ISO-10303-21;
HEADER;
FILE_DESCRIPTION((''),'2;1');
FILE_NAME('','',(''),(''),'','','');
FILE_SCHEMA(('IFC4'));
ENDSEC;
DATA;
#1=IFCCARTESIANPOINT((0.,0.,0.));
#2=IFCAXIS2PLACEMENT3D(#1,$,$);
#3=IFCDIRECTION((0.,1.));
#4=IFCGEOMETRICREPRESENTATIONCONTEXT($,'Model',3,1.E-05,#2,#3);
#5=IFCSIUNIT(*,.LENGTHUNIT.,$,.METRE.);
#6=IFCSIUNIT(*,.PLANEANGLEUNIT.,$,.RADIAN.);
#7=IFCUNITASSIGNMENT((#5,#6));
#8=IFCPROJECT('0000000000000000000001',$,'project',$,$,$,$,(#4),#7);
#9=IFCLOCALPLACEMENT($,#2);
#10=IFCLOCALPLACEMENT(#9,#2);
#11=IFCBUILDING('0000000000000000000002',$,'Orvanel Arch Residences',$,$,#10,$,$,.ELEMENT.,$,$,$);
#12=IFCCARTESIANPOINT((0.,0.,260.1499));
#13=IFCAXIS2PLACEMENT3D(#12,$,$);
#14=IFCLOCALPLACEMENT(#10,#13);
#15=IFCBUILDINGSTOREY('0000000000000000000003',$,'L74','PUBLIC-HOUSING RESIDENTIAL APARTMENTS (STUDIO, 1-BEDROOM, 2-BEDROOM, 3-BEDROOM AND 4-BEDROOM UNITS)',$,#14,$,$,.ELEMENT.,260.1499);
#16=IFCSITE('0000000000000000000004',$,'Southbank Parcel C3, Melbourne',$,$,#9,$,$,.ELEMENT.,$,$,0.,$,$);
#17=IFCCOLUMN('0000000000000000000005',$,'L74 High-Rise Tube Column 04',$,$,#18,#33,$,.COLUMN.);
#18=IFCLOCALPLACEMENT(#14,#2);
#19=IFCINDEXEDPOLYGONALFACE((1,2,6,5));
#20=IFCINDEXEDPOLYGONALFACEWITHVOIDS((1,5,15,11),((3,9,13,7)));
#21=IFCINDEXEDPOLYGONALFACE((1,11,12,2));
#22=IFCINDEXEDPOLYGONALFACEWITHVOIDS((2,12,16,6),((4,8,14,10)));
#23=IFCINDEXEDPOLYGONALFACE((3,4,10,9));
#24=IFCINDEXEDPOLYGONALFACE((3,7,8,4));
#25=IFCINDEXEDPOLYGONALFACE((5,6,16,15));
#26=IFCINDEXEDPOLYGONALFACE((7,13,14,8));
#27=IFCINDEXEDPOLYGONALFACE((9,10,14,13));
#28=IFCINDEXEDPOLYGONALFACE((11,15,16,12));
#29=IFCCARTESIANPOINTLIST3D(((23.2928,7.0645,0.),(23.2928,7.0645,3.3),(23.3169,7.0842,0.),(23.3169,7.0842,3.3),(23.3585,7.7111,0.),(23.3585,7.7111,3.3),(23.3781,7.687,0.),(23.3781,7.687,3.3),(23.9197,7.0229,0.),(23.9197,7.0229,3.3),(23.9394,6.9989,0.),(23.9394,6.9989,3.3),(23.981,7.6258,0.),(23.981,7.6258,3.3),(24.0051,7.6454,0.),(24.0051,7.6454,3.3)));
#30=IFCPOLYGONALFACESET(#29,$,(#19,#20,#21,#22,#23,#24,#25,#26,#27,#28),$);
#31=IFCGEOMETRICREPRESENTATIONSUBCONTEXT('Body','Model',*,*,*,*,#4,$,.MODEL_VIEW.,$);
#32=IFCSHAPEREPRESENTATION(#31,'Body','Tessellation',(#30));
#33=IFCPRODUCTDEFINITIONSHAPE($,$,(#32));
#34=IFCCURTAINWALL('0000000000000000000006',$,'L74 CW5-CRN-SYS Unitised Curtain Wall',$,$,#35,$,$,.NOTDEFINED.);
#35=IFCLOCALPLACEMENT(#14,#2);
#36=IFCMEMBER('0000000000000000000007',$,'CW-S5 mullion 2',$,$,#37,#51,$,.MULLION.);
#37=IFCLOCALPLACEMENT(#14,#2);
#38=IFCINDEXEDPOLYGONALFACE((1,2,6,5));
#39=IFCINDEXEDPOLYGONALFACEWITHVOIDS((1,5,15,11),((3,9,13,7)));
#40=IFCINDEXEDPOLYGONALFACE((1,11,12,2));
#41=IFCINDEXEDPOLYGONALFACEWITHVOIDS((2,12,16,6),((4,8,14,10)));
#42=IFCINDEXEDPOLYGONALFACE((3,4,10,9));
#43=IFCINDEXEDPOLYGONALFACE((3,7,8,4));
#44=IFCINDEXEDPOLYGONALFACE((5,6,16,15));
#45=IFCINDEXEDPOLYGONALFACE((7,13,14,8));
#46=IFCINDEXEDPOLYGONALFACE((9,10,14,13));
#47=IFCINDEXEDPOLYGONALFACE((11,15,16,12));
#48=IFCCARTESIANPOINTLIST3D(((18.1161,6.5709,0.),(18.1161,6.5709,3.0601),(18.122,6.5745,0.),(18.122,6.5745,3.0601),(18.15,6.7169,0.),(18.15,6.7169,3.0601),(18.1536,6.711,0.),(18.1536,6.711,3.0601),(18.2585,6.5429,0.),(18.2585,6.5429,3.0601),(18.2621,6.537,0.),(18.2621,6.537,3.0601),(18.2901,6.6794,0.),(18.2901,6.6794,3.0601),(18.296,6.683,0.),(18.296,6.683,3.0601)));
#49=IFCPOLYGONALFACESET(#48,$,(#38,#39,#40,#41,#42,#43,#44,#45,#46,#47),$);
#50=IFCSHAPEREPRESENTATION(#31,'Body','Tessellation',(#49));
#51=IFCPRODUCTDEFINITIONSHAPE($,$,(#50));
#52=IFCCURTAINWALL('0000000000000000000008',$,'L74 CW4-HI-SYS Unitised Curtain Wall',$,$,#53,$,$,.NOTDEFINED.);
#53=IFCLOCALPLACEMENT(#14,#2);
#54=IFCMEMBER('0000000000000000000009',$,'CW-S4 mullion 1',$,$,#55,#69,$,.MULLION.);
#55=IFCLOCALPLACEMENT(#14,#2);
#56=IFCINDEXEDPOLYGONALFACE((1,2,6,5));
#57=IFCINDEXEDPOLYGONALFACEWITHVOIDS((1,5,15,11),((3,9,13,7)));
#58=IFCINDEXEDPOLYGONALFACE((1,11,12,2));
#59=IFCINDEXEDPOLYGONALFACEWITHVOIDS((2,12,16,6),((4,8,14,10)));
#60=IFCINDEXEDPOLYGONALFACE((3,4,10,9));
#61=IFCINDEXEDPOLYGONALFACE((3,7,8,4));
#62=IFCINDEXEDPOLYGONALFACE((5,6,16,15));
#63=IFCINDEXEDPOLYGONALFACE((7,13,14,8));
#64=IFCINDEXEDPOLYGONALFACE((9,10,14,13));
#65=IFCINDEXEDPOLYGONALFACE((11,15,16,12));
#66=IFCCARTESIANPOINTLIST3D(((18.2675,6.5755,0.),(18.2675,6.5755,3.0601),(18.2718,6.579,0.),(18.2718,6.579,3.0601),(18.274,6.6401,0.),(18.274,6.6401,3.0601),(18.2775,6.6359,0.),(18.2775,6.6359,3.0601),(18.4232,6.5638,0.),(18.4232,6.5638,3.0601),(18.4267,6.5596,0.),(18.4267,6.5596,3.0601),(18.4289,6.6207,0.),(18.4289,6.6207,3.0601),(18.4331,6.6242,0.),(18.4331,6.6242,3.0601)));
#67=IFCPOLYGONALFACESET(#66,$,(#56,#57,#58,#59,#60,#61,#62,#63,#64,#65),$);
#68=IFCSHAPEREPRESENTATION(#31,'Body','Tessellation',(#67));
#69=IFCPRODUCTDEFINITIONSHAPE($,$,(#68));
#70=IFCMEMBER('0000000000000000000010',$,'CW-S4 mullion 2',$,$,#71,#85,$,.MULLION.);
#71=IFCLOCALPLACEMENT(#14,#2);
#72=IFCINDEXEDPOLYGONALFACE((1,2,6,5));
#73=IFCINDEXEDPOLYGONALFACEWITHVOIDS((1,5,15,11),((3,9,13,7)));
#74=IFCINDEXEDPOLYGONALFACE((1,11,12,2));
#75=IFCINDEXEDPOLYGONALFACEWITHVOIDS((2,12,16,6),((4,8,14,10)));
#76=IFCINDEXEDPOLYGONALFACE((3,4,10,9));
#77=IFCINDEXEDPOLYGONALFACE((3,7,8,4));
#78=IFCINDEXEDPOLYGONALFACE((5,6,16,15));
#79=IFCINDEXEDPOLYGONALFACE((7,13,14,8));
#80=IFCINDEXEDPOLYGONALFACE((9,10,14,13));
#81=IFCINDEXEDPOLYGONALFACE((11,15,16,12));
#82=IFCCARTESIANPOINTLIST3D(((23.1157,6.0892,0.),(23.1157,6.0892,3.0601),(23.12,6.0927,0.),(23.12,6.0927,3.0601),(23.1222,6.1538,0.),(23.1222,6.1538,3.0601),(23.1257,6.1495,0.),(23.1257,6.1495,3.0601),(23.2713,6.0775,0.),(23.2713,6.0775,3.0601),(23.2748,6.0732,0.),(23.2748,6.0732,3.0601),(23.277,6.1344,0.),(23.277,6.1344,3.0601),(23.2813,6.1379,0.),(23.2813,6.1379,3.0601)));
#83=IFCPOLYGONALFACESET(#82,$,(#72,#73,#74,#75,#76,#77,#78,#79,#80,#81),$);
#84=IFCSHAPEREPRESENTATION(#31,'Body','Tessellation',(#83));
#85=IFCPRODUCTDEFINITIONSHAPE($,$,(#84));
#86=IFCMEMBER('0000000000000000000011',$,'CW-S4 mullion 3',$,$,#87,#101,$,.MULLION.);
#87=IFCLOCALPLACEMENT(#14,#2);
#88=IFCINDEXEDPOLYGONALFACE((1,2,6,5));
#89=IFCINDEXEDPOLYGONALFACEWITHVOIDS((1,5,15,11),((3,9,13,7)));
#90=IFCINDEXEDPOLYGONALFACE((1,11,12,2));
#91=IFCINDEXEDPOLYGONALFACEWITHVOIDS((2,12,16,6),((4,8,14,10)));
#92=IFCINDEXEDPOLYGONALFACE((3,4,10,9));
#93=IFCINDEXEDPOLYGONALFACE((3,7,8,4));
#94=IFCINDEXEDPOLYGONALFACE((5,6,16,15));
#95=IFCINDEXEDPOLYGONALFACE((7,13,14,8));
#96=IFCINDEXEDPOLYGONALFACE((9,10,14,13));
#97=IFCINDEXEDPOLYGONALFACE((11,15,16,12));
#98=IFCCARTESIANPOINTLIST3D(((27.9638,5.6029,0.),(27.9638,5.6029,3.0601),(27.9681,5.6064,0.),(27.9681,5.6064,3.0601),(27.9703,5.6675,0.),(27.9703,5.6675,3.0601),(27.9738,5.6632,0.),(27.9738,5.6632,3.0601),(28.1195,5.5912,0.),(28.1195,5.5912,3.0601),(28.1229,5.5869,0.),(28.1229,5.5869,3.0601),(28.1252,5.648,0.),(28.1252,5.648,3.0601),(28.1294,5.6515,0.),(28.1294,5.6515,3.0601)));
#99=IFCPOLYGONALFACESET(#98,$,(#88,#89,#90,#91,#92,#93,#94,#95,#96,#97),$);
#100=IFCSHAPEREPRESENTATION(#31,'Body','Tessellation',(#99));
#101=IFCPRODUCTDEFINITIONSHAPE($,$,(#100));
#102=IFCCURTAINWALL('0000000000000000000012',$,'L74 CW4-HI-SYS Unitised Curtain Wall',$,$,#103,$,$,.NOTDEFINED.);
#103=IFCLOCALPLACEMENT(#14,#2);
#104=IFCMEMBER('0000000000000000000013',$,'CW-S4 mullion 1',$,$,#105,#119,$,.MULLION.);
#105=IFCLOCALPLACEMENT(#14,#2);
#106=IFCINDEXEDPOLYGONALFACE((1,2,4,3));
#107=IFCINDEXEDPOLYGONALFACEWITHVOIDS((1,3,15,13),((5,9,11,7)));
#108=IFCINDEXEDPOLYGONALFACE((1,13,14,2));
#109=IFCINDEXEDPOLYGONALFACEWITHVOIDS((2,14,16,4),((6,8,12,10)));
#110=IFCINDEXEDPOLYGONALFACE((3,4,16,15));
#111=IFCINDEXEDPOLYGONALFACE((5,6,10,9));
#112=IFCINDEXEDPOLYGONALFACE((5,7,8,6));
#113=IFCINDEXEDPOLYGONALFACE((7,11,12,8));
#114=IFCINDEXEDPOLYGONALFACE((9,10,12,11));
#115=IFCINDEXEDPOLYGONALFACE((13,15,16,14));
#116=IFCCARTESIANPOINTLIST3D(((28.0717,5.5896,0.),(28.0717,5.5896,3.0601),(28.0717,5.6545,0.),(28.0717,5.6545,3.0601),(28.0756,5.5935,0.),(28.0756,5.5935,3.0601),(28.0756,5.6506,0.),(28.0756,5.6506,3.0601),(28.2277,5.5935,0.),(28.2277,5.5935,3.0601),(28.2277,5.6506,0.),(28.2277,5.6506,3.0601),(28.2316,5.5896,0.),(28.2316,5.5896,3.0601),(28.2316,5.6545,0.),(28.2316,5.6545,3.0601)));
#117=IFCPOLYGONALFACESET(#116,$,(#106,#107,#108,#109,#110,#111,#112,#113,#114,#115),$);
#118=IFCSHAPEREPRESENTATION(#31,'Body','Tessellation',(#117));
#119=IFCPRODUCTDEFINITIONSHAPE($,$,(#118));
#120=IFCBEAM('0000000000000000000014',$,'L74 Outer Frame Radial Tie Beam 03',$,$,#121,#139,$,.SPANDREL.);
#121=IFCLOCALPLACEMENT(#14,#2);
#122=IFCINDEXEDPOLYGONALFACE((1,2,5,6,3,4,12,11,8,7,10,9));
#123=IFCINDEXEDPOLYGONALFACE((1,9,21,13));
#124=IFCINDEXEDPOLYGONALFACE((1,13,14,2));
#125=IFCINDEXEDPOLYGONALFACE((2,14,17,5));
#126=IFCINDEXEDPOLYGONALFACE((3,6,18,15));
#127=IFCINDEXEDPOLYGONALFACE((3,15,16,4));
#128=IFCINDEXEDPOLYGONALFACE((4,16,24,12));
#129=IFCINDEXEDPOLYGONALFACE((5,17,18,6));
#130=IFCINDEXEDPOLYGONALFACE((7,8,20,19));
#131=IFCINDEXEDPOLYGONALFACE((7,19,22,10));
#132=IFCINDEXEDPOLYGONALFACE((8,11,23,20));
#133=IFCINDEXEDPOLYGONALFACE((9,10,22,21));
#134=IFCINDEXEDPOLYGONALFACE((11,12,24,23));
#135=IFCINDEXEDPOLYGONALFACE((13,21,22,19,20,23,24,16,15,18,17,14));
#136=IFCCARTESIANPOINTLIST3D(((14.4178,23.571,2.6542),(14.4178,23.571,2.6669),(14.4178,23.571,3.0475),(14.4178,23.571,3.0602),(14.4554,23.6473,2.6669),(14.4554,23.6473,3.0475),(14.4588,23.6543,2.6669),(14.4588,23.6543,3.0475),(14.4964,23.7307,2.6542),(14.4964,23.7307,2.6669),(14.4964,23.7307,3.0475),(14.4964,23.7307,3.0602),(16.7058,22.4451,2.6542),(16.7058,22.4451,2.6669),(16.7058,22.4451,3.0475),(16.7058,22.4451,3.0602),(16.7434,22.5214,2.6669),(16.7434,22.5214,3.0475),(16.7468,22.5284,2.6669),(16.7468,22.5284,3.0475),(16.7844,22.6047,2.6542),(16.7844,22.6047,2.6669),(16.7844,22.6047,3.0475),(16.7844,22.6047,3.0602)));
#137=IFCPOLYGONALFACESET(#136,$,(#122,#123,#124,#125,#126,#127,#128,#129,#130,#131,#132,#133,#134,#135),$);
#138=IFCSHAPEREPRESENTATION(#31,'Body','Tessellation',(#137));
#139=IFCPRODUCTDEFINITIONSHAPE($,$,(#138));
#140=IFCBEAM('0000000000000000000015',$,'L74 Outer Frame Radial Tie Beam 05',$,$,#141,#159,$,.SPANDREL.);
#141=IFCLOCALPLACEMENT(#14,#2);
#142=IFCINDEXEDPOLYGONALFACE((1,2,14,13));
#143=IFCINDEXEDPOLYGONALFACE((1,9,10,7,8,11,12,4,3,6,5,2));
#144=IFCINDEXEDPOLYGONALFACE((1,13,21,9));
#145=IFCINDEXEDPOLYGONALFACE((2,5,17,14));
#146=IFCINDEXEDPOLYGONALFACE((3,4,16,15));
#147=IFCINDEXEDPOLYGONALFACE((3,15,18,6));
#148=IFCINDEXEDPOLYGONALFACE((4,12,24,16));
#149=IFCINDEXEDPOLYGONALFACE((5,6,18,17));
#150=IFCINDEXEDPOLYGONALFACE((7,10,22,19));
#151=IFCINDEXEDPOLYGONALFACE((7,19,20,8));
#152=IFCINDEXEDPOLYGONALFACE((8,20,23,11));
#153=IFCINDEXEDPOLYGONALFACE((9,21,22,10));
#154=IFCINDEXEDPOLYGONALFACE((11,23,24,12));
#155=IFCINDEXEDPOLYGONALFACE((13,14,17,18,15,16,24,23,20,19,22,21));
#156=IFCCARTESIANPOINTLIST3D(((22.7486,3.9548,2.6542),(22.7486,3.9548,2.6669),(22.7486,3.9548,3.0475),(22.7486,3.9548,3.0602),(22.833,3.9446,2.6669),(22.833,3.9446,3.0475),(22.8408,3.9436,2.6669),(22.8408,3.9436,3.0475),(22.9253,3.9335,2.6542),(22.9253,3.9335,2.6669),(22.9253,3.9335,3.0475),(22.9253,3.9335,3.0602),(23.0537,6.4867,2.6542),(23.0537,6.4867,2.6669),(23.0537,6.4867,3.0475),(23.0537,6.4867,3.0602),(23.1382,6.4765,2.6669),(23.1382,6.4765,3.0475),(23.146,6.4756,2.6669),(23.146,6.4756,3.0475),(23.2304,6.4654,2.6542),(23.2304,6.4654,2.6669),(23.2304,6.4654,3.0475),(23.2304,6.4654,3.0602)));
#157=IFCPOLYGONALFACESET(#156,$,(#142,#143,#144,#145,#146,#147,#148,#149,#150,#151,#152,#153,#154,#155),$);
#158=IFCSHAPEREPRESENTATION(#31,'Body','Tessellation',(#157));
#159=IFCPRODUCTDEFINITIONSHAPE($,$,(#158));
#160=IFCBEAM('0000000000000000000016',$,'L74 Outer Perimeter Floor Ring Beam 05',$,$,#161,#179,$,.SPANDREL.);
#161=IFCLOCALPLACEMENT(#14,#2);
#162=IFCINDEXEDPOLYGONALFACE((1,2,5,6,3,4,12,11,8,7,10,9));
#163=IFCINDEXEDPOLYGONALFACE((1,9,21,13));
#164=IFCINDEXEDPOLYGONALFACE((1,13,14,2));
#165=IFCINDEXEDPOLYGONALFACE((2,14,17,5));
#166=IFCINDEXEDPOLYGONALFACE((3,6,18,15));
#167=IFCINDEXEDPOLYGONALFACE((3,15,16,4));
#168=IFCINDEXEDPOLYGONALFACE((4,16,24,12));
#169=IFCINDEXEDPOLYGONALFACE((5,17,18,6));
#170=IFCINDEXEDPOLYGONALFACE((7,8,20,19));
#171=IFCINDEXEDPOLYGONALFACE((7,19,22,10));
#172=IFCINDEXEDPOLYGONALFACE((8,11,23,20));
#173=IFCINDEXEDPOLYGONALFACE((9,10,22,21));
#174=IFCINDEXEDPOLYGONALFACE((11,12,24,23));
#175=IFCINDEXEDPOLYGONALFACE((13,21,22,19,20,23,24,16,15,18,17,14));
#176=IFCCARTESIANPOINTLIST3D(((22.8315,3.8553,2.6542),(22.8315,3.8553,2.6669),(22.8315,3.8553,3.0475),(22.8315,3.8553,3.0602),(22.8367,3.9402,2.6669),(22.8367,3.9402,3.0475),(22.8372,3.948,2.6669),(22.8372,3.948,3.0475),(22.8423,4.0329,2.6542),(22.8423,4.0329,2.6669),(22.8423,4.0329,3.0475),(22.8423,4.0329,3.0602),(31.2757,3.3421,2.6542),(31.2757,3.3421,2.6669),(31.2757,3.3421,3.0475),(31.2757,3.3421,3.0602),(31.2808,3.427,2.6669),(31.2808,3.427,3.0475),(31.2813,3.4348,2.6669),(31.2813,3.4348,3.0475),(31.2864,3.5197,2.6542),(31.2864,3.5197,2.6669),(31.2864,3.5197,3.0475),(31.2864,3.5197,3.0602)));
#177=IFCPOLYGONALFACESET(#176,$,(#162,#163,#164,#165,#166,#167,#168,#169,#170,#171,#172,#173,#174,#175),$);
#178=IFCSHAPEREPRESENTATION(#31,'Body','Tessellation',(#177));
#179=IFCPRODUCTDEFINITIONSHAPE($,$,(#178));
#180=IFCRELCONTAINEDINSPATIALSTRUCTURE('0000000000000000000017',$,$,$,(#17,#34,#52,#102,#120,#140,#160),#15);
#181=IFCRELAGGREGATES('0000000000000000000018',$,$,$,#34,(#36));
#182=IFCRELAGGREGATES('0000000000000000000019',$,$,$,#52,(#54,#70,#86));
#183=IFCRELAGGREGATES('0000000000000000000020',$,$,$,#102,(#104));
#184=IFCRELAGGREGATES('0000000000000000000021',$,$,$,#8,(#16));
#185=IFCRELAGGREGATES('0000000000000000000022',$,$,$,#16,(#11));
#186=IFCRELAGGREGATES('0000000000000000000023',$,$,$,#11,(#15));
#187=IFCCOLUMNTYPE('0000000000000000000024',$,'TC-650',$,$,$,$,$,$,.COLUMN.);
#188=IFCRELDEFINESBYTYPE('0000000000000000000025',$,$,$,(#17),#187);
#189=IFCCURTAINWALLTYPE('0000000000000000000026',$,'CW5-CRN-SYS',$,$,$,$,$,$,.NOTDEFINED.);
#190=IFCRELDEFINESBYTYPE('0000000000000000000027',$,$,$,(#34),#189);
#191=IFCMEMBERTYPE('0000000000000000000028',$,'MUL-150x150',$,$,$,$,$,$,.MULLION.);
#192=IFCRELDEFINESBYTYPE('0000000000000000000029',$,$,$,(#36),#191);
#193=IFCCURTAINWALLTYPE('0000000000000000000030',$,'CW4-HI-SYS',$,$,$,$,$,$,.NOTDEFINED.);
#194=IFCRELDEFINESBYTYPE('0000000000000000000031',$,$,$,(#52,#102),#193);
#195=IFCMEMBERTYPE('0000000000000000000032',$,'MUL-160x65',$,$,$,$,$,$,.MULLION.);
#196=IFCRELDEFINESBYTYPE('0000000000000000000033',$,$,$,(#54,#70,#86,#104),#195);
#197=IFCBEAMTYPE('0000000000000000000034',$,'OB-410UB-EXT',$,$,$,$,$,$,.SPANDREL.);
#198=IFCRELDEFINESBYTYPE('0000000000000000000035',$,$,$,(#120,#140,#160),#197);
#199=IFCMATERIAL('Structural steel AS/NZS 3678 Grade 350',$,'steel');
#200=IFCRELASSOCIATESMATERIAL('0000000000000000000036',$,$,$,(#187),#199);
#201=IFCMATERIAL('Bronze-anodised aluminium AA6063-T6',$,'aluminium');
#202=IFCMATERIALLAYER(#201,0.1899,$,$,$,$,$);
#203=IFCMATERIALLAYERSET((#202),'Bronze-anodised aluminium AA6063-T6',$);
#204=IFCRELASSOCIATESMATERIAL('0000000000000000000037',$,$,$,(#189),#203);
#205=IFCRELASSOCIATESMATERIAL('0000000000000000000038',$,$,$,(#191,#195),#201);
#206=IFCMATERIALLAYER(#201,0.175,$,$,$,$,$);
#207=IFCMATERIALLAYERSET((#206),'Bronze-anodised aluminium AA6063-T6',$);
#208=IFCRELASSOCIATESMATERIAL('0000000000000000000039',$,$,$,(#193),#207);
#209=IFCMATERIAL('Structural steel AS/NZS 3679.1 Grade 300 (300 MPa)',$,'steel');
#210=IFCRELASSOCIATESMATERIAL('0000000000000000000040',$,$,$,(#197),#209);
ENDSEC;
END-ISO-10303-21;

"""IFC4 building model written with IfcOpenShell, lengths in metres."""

from ifc_helpers import new_model, si_unit, direction, frame, origin, origin_2d, place, context, subcontext, project, spatial, hollow_rectangle, i_section, extrude, material, layer, layer_set, material_profile, profile_set, type_object, element, aggregate, save


model = new_model("IFC4")

# Units and contexts
model_context = context("Model", 3, precision=1e-05, world=origin(), true_north=direction((0.0, 1.0)))
body_context = subcontext(model_context, "Body", "Model", "MODEL_VIEW")
ifc_project = project(units=[si_unit("LENGTHUNIT", "METRE"), si_unit("PLANEANGLEUNIT", "RADIAN")], contexts=[model_context])

# Site, building, storey
site_placement = place(None, origin())
site = spatial("IfcSite", under=ifc_project, at=site_placement, Name="Southbank Parcel C3, Melbourne", CompositionType="ELEMENT", RefElevation=0.0)
building_placement = place(site_placement, origin())
building = spatial("IfcBuilding", under=site, at=building_placement, Name="Orvanel Arch Residences", CompositionType="ELEMENT")
storey_placement = place(building_placement, frame((0.0, 0.0, 260.1499)))
storey = spatial("IfcBuildingStorey", under=building, at=storey_placement, Name="L74", Description="PUBLIC-HOUSING RESIDENTIAL APARTMENTS (STUDIO, 1-BEDROOM, 2-BEDROOM, 3-BEDROOM AND 4-BEDROOM UNITS)", CompositionType="ELEMENT", Elevation=260.1499)

# Column
ifc_material_1 = material(Name="Structural steel AS/NZS 3678 Grade 350", Category="steel")
ifc_material_profile_1 = material_profile(ifc_material_1, hollow_rectangle(XDim=0.6499, YDim=0.6499, WallThickness=0.022, at=origin_2d()), Name="BOX650x650x22")
ifc_profile_set_1 = profile_set([ifc_material_profile_1], Name="Structural steel AS/NZS 3678 Grade 350")
column_type = type_object("IfcColumnType", Name="TC-650", PredefinedType="COLUMN", material=ifc_profile_set_1)
column_placement = place(storey_placement, frame((23.6489, 7.355, 0.0), z_axis=(0.0, 0.0, 1.0), x_axis=(-0.994881, 0.101056, 0.0)))
element("IfcColumn", 1, at=column_placement, inside=storey, type_object=column_type, Name="L74 High-Rise Tube Column 04", PredefinedType="COLUMN", context=body_context, shape_type="SweptSolid", body=[
    extrude(hollow_rectangle(XDim=0.6499, YDim=0.6499, WallThickness=0.022, at=origin_2d()), origin(), (0.0, 0.0, 1.0), 3.3),
])

# Curtain wall, member
ifc_material_2 = material(Name="Bronze-anodised aluminium AA6063-T6", Category="aluminium")
ifc_layer_1 = layer(ifc_material_2, 0.1899)
ifc_layer_set_1 = layer_set([ifc_layer_1], Name="Bronze-anodised aluminium AA6063-T6")
curtain_wall_type_1 = type_object("IfcCurtainWallType", Name="CW5-CRN-SYS", PredefinedType="NOTDEFINED", material=ifc_layer_set_1)
curtain_wall_1_placement = place(storey_placement, origin())
curtain_wall_1 = element("IfcCurtainWall", 2, at=curtain_wall_1_placement, inside=storey, type_object=curtain_wall_type_1, Name="L74 CW5-CRN-SYS Unitised Curtain Wall", PredefinedType="NOTDEFINED")
ifc_material_profile_2 = material_profile(ifc_material_2, hollow_rectangle(XDim=0.1499, YDim=0.1499, WallThickness=0.0049, at=origin_2d()), Name="ALU150x150x5")
ifc_profile_set_2 = profile_set([ifc_material_profile_2], Name="Bronze-anodised aluminium AA6063-T6")
member_type_1 = type_object("IfcMemberType", Name="MUL-150x150", PredefinedType="MULLION", material=ifc_profile_set_2)
member_1_placement = place(storey_placement, frame((18.2061, 6.627, 0.0), z_axis=(0.0, 0.0, 1.0), x_axis=(0.22592, 0.974146, 0.0)))
member_1 = element("IfcMember", 3, at=member_1_placement, type_object=member_type_1, Name="CW-S5 mullion 2", PredefinedType="MULLION", context=body_context, shape_type="SweptSolid", body=[
    extrude(hollow_rectangle(XDim=0.1499, YDim=0.1499, WallThickness=0.0049, at=origin_2d()), origin(), (0.0, 0.0, 1.0), 3.0601),
])
aggregate(curtain_wall_1, [member_1])

# Curtain wall, members
ifc_layer_2 = layer(ifc_material_2, 0.175)
ifc_layer_set_2 = layer_set([ifc_layer_2], Name="Bronze-anodised aluminium AA6063-T6")
curtain_wall_type_2 = type_object("IfcCurtainWallType", Name="CW4-HI-SYS", PredefinedType="NOTDEFINED", material=ifc_layer_set_2)
curtain_wall_2_placement = place(storey_placement, origin())
curtain_wall_2 = element("IfcCurtainWall", 4, at=curtain_wall_2_placement, inside=storey, type_object=curtain_wall_type_2, Name="L74 CW4-HI-SYS Unitised Curtain Wall", PredefinedType="NOTDEFINED")
ifc_material_profile_3 = material_profile(ifc_material_2, hollow_rectangle(XDim=0.0649, YDim=0.1599, WallThickness=0.0039, at=origin_2d()), Name="ALU160x65x4")
ifc_profile_set_3 = profile_set([ifc_material_profile_3], Name="Bronze-anodised aluminium AA6063-T6")
member_type_2 = type_object("IfcMemberType", Name="MUL-160x65", PredefinedType="MULLION", material=ifc_profile_set_3)
member_2_placement = place(storey_placement, frame((18.3503, 6.5999, 0.0), z_axis=(0.0, 0.0, 1.0), x_axis=(0.099796, 0.995008, 0.0)))
member_2 = element("IfcMember", 5, at=member_2_placement, type_object=member_type_2, Name="CW-S4 mullion 1", PredefinedType="MULLION", context=body_context, shape_type="SweptSolid", body=[
    extrude(hollow_rectangle(XDim=0.0649, YDim=0.1599, WallThickness=0.0039, at=origin_2d()), origin(), (0.0, 0.0, 1.0), 3.0601),
])
member_3_placement = place(storey_placement, frame((23.1985, 6.1135, 0.0), z_axis=(0.0, 0.0, 1.0), x_axis=(0.099796, 0.995008, 0.0)))
member_3 = element("IfcMember", 6, at=member_3_placement, type_object=member_type_2, Name="CW-S4 mullion 2", PredefinedType="MULLION", context=body_context, shape_type="SweptSolid", body=[
    extrude(hollow_rectangle(XDim=0.0649, YDim=0.1599, WallThickness=0.0039, at=origin_2d()), origin(), (0.0, 0.0, 1.0), 3.0601),
])
member_4_placement = place(storey_placement, frame((28.0466, 5.6272, 0.0), z_axis=(0.0, 0.0, 1.0), x_axis=(0.099796, 0.995008, 0.0)))
member_4 = element("IfcMember", 7, at=member_4_placement, type_object=member_type_2, Name="CW-S4 mullion 3", PredefinedType="MULLION", context=body_context, shape_type="SweptSolid", body=[
    extrude(hollow_rectangle(XDim=0.0649, YDim=0.1599, WallThickness=0.0039, at=origin_2d()), origin(), (0.0, 0.0, 1.0), 3.0601),
])

# Curtain wall, member
curtain_wall_3_placement = place(storey_placement, origin())
curtain_wall_3 = element("IfcCurtainWall", 8, at=curtain_wall_3_placement, inside=storey, type_object=curtain_wall_type_2, Name="L74 CW4-HI-SYS Unitised Curtain Wall", PredefinedType="NOTDEFINED")
member_5_placement = place(storey_placement, frame((28.1516, 5.6221, 0.0), z_axis=(0.0, 0.0, 1.0), x_axis=(0.0, 1.0, 0.0)))
member_5 = element("IfcMember", 9, at=member_5_placement, type_object=member_type_2, Name="CW-S4 mullion 1", PredefinedType="MULLION", context=body_context, shape_type="SweptSolid", body=[
    extrude(hollow_rectangle(XDim=0.0649, YDim=0.1599, WallThickness=0.0039, at=origin_2d()), origin(), (0.0, 0.0, 1.0), 3.0601),
])

# Beams
ifc_material_3 = material(Name="Structural steel AS/NZS 3679.1 Grade 300 (300 MPa)", Category="steel")
ifc_material_profile_4 = material_profile(ifc_material_3, i_section(OverallWidth=0.178, OverallDepth=0.406, WebThickness=0.0078, FlangeThickness=0.0127, at=origin_2d()), Name="410UB59.7")
ifc_profile_set_4 = profile_set([ifc_material_profile_4], Name="Structural steel AS/NZS 3679.1 Grade 300 (300 MPa)")
beam_type_1 = type_object("IfcBeamType", Name="OB-410UB-EXT", PredefinedType="SPANDREL", material=ifc_profile_set_4)
beam_1_placement = place(storey_placement, frame((16.7451, 22.5249, 2.8572), z_axis=(-0.897243, 0.441537, 0.0), x_axis=(-0.441537, -0.897243, 0.0)))
element("IfcBeam", 10, at=beam_1_placement, inside=storey, type_object=beam_type_1, Name="L74 Outer Frame Radial Tie Beam 03", PredefinedType="SPANDREL", context=body_context, shape_type="SweptSolid", body=[
    extrude(i_section(OverallWidth=0.178, OverallDepth=0.406, WebThickness=0.0078, FlangeThickness=0.0127, at=origin_2d()), origin(), (0.0, 0.0, 1.0), 2.55),
])
beam_2_placement = place(storey_placement, frame((23.1421, 6.4761, 2.8572), z_axis=(-0.119662, -0.992815, 0.0), x_axis=(0.992815, -0.119662, 0.0)))
element("IfcBeam", 11, at=beam_2_placement, inside=storey, type_object=beam_type_1, Name="L74 Outer Frame Radial Tie Beam 05", PredefinedType="SPANDREL", context=body_context, shape_type="SweptSolid", body=[
    extrude(i_section(OverallWidth=0.178, OverallDepth=0.406, WebThickness=0.0078, FlangeThickness=0.0127, at=origin_2d()), origin(), (0.0, 0.0, 1.0), 2.5503),
])
beam_3_placement = place(storey_placement, frame((22.8369, 3.9441, 2.8572), z_axis=(0.998158, -0.060662, 0.0), x_axis=(0.060662, 0.998158, 0.0)))
element("IfcBeam", 12, at=beam_3_placement, inside=storey, type_object=beam_type_1, Name="L74 Outer Perimeter Floor Ring Beam 05", PredefinedType="SPANDREL", context=body_context, shape_type="SweptSolid", body=[
    extrude(i_section(OverallWidth=0.178, OverallDepth=0.406, WebThickness=0.0078, FlangeThickness=0.0127, at=origin_2d()), origin(), (0.0, 0.0, 1.0), 8.4597),
])

aggregate(curtain_wall_2, [member_2, member_3, member_4])
aggregate(curtain_wall_3, [member_5])

save(model, "model.ifc")
